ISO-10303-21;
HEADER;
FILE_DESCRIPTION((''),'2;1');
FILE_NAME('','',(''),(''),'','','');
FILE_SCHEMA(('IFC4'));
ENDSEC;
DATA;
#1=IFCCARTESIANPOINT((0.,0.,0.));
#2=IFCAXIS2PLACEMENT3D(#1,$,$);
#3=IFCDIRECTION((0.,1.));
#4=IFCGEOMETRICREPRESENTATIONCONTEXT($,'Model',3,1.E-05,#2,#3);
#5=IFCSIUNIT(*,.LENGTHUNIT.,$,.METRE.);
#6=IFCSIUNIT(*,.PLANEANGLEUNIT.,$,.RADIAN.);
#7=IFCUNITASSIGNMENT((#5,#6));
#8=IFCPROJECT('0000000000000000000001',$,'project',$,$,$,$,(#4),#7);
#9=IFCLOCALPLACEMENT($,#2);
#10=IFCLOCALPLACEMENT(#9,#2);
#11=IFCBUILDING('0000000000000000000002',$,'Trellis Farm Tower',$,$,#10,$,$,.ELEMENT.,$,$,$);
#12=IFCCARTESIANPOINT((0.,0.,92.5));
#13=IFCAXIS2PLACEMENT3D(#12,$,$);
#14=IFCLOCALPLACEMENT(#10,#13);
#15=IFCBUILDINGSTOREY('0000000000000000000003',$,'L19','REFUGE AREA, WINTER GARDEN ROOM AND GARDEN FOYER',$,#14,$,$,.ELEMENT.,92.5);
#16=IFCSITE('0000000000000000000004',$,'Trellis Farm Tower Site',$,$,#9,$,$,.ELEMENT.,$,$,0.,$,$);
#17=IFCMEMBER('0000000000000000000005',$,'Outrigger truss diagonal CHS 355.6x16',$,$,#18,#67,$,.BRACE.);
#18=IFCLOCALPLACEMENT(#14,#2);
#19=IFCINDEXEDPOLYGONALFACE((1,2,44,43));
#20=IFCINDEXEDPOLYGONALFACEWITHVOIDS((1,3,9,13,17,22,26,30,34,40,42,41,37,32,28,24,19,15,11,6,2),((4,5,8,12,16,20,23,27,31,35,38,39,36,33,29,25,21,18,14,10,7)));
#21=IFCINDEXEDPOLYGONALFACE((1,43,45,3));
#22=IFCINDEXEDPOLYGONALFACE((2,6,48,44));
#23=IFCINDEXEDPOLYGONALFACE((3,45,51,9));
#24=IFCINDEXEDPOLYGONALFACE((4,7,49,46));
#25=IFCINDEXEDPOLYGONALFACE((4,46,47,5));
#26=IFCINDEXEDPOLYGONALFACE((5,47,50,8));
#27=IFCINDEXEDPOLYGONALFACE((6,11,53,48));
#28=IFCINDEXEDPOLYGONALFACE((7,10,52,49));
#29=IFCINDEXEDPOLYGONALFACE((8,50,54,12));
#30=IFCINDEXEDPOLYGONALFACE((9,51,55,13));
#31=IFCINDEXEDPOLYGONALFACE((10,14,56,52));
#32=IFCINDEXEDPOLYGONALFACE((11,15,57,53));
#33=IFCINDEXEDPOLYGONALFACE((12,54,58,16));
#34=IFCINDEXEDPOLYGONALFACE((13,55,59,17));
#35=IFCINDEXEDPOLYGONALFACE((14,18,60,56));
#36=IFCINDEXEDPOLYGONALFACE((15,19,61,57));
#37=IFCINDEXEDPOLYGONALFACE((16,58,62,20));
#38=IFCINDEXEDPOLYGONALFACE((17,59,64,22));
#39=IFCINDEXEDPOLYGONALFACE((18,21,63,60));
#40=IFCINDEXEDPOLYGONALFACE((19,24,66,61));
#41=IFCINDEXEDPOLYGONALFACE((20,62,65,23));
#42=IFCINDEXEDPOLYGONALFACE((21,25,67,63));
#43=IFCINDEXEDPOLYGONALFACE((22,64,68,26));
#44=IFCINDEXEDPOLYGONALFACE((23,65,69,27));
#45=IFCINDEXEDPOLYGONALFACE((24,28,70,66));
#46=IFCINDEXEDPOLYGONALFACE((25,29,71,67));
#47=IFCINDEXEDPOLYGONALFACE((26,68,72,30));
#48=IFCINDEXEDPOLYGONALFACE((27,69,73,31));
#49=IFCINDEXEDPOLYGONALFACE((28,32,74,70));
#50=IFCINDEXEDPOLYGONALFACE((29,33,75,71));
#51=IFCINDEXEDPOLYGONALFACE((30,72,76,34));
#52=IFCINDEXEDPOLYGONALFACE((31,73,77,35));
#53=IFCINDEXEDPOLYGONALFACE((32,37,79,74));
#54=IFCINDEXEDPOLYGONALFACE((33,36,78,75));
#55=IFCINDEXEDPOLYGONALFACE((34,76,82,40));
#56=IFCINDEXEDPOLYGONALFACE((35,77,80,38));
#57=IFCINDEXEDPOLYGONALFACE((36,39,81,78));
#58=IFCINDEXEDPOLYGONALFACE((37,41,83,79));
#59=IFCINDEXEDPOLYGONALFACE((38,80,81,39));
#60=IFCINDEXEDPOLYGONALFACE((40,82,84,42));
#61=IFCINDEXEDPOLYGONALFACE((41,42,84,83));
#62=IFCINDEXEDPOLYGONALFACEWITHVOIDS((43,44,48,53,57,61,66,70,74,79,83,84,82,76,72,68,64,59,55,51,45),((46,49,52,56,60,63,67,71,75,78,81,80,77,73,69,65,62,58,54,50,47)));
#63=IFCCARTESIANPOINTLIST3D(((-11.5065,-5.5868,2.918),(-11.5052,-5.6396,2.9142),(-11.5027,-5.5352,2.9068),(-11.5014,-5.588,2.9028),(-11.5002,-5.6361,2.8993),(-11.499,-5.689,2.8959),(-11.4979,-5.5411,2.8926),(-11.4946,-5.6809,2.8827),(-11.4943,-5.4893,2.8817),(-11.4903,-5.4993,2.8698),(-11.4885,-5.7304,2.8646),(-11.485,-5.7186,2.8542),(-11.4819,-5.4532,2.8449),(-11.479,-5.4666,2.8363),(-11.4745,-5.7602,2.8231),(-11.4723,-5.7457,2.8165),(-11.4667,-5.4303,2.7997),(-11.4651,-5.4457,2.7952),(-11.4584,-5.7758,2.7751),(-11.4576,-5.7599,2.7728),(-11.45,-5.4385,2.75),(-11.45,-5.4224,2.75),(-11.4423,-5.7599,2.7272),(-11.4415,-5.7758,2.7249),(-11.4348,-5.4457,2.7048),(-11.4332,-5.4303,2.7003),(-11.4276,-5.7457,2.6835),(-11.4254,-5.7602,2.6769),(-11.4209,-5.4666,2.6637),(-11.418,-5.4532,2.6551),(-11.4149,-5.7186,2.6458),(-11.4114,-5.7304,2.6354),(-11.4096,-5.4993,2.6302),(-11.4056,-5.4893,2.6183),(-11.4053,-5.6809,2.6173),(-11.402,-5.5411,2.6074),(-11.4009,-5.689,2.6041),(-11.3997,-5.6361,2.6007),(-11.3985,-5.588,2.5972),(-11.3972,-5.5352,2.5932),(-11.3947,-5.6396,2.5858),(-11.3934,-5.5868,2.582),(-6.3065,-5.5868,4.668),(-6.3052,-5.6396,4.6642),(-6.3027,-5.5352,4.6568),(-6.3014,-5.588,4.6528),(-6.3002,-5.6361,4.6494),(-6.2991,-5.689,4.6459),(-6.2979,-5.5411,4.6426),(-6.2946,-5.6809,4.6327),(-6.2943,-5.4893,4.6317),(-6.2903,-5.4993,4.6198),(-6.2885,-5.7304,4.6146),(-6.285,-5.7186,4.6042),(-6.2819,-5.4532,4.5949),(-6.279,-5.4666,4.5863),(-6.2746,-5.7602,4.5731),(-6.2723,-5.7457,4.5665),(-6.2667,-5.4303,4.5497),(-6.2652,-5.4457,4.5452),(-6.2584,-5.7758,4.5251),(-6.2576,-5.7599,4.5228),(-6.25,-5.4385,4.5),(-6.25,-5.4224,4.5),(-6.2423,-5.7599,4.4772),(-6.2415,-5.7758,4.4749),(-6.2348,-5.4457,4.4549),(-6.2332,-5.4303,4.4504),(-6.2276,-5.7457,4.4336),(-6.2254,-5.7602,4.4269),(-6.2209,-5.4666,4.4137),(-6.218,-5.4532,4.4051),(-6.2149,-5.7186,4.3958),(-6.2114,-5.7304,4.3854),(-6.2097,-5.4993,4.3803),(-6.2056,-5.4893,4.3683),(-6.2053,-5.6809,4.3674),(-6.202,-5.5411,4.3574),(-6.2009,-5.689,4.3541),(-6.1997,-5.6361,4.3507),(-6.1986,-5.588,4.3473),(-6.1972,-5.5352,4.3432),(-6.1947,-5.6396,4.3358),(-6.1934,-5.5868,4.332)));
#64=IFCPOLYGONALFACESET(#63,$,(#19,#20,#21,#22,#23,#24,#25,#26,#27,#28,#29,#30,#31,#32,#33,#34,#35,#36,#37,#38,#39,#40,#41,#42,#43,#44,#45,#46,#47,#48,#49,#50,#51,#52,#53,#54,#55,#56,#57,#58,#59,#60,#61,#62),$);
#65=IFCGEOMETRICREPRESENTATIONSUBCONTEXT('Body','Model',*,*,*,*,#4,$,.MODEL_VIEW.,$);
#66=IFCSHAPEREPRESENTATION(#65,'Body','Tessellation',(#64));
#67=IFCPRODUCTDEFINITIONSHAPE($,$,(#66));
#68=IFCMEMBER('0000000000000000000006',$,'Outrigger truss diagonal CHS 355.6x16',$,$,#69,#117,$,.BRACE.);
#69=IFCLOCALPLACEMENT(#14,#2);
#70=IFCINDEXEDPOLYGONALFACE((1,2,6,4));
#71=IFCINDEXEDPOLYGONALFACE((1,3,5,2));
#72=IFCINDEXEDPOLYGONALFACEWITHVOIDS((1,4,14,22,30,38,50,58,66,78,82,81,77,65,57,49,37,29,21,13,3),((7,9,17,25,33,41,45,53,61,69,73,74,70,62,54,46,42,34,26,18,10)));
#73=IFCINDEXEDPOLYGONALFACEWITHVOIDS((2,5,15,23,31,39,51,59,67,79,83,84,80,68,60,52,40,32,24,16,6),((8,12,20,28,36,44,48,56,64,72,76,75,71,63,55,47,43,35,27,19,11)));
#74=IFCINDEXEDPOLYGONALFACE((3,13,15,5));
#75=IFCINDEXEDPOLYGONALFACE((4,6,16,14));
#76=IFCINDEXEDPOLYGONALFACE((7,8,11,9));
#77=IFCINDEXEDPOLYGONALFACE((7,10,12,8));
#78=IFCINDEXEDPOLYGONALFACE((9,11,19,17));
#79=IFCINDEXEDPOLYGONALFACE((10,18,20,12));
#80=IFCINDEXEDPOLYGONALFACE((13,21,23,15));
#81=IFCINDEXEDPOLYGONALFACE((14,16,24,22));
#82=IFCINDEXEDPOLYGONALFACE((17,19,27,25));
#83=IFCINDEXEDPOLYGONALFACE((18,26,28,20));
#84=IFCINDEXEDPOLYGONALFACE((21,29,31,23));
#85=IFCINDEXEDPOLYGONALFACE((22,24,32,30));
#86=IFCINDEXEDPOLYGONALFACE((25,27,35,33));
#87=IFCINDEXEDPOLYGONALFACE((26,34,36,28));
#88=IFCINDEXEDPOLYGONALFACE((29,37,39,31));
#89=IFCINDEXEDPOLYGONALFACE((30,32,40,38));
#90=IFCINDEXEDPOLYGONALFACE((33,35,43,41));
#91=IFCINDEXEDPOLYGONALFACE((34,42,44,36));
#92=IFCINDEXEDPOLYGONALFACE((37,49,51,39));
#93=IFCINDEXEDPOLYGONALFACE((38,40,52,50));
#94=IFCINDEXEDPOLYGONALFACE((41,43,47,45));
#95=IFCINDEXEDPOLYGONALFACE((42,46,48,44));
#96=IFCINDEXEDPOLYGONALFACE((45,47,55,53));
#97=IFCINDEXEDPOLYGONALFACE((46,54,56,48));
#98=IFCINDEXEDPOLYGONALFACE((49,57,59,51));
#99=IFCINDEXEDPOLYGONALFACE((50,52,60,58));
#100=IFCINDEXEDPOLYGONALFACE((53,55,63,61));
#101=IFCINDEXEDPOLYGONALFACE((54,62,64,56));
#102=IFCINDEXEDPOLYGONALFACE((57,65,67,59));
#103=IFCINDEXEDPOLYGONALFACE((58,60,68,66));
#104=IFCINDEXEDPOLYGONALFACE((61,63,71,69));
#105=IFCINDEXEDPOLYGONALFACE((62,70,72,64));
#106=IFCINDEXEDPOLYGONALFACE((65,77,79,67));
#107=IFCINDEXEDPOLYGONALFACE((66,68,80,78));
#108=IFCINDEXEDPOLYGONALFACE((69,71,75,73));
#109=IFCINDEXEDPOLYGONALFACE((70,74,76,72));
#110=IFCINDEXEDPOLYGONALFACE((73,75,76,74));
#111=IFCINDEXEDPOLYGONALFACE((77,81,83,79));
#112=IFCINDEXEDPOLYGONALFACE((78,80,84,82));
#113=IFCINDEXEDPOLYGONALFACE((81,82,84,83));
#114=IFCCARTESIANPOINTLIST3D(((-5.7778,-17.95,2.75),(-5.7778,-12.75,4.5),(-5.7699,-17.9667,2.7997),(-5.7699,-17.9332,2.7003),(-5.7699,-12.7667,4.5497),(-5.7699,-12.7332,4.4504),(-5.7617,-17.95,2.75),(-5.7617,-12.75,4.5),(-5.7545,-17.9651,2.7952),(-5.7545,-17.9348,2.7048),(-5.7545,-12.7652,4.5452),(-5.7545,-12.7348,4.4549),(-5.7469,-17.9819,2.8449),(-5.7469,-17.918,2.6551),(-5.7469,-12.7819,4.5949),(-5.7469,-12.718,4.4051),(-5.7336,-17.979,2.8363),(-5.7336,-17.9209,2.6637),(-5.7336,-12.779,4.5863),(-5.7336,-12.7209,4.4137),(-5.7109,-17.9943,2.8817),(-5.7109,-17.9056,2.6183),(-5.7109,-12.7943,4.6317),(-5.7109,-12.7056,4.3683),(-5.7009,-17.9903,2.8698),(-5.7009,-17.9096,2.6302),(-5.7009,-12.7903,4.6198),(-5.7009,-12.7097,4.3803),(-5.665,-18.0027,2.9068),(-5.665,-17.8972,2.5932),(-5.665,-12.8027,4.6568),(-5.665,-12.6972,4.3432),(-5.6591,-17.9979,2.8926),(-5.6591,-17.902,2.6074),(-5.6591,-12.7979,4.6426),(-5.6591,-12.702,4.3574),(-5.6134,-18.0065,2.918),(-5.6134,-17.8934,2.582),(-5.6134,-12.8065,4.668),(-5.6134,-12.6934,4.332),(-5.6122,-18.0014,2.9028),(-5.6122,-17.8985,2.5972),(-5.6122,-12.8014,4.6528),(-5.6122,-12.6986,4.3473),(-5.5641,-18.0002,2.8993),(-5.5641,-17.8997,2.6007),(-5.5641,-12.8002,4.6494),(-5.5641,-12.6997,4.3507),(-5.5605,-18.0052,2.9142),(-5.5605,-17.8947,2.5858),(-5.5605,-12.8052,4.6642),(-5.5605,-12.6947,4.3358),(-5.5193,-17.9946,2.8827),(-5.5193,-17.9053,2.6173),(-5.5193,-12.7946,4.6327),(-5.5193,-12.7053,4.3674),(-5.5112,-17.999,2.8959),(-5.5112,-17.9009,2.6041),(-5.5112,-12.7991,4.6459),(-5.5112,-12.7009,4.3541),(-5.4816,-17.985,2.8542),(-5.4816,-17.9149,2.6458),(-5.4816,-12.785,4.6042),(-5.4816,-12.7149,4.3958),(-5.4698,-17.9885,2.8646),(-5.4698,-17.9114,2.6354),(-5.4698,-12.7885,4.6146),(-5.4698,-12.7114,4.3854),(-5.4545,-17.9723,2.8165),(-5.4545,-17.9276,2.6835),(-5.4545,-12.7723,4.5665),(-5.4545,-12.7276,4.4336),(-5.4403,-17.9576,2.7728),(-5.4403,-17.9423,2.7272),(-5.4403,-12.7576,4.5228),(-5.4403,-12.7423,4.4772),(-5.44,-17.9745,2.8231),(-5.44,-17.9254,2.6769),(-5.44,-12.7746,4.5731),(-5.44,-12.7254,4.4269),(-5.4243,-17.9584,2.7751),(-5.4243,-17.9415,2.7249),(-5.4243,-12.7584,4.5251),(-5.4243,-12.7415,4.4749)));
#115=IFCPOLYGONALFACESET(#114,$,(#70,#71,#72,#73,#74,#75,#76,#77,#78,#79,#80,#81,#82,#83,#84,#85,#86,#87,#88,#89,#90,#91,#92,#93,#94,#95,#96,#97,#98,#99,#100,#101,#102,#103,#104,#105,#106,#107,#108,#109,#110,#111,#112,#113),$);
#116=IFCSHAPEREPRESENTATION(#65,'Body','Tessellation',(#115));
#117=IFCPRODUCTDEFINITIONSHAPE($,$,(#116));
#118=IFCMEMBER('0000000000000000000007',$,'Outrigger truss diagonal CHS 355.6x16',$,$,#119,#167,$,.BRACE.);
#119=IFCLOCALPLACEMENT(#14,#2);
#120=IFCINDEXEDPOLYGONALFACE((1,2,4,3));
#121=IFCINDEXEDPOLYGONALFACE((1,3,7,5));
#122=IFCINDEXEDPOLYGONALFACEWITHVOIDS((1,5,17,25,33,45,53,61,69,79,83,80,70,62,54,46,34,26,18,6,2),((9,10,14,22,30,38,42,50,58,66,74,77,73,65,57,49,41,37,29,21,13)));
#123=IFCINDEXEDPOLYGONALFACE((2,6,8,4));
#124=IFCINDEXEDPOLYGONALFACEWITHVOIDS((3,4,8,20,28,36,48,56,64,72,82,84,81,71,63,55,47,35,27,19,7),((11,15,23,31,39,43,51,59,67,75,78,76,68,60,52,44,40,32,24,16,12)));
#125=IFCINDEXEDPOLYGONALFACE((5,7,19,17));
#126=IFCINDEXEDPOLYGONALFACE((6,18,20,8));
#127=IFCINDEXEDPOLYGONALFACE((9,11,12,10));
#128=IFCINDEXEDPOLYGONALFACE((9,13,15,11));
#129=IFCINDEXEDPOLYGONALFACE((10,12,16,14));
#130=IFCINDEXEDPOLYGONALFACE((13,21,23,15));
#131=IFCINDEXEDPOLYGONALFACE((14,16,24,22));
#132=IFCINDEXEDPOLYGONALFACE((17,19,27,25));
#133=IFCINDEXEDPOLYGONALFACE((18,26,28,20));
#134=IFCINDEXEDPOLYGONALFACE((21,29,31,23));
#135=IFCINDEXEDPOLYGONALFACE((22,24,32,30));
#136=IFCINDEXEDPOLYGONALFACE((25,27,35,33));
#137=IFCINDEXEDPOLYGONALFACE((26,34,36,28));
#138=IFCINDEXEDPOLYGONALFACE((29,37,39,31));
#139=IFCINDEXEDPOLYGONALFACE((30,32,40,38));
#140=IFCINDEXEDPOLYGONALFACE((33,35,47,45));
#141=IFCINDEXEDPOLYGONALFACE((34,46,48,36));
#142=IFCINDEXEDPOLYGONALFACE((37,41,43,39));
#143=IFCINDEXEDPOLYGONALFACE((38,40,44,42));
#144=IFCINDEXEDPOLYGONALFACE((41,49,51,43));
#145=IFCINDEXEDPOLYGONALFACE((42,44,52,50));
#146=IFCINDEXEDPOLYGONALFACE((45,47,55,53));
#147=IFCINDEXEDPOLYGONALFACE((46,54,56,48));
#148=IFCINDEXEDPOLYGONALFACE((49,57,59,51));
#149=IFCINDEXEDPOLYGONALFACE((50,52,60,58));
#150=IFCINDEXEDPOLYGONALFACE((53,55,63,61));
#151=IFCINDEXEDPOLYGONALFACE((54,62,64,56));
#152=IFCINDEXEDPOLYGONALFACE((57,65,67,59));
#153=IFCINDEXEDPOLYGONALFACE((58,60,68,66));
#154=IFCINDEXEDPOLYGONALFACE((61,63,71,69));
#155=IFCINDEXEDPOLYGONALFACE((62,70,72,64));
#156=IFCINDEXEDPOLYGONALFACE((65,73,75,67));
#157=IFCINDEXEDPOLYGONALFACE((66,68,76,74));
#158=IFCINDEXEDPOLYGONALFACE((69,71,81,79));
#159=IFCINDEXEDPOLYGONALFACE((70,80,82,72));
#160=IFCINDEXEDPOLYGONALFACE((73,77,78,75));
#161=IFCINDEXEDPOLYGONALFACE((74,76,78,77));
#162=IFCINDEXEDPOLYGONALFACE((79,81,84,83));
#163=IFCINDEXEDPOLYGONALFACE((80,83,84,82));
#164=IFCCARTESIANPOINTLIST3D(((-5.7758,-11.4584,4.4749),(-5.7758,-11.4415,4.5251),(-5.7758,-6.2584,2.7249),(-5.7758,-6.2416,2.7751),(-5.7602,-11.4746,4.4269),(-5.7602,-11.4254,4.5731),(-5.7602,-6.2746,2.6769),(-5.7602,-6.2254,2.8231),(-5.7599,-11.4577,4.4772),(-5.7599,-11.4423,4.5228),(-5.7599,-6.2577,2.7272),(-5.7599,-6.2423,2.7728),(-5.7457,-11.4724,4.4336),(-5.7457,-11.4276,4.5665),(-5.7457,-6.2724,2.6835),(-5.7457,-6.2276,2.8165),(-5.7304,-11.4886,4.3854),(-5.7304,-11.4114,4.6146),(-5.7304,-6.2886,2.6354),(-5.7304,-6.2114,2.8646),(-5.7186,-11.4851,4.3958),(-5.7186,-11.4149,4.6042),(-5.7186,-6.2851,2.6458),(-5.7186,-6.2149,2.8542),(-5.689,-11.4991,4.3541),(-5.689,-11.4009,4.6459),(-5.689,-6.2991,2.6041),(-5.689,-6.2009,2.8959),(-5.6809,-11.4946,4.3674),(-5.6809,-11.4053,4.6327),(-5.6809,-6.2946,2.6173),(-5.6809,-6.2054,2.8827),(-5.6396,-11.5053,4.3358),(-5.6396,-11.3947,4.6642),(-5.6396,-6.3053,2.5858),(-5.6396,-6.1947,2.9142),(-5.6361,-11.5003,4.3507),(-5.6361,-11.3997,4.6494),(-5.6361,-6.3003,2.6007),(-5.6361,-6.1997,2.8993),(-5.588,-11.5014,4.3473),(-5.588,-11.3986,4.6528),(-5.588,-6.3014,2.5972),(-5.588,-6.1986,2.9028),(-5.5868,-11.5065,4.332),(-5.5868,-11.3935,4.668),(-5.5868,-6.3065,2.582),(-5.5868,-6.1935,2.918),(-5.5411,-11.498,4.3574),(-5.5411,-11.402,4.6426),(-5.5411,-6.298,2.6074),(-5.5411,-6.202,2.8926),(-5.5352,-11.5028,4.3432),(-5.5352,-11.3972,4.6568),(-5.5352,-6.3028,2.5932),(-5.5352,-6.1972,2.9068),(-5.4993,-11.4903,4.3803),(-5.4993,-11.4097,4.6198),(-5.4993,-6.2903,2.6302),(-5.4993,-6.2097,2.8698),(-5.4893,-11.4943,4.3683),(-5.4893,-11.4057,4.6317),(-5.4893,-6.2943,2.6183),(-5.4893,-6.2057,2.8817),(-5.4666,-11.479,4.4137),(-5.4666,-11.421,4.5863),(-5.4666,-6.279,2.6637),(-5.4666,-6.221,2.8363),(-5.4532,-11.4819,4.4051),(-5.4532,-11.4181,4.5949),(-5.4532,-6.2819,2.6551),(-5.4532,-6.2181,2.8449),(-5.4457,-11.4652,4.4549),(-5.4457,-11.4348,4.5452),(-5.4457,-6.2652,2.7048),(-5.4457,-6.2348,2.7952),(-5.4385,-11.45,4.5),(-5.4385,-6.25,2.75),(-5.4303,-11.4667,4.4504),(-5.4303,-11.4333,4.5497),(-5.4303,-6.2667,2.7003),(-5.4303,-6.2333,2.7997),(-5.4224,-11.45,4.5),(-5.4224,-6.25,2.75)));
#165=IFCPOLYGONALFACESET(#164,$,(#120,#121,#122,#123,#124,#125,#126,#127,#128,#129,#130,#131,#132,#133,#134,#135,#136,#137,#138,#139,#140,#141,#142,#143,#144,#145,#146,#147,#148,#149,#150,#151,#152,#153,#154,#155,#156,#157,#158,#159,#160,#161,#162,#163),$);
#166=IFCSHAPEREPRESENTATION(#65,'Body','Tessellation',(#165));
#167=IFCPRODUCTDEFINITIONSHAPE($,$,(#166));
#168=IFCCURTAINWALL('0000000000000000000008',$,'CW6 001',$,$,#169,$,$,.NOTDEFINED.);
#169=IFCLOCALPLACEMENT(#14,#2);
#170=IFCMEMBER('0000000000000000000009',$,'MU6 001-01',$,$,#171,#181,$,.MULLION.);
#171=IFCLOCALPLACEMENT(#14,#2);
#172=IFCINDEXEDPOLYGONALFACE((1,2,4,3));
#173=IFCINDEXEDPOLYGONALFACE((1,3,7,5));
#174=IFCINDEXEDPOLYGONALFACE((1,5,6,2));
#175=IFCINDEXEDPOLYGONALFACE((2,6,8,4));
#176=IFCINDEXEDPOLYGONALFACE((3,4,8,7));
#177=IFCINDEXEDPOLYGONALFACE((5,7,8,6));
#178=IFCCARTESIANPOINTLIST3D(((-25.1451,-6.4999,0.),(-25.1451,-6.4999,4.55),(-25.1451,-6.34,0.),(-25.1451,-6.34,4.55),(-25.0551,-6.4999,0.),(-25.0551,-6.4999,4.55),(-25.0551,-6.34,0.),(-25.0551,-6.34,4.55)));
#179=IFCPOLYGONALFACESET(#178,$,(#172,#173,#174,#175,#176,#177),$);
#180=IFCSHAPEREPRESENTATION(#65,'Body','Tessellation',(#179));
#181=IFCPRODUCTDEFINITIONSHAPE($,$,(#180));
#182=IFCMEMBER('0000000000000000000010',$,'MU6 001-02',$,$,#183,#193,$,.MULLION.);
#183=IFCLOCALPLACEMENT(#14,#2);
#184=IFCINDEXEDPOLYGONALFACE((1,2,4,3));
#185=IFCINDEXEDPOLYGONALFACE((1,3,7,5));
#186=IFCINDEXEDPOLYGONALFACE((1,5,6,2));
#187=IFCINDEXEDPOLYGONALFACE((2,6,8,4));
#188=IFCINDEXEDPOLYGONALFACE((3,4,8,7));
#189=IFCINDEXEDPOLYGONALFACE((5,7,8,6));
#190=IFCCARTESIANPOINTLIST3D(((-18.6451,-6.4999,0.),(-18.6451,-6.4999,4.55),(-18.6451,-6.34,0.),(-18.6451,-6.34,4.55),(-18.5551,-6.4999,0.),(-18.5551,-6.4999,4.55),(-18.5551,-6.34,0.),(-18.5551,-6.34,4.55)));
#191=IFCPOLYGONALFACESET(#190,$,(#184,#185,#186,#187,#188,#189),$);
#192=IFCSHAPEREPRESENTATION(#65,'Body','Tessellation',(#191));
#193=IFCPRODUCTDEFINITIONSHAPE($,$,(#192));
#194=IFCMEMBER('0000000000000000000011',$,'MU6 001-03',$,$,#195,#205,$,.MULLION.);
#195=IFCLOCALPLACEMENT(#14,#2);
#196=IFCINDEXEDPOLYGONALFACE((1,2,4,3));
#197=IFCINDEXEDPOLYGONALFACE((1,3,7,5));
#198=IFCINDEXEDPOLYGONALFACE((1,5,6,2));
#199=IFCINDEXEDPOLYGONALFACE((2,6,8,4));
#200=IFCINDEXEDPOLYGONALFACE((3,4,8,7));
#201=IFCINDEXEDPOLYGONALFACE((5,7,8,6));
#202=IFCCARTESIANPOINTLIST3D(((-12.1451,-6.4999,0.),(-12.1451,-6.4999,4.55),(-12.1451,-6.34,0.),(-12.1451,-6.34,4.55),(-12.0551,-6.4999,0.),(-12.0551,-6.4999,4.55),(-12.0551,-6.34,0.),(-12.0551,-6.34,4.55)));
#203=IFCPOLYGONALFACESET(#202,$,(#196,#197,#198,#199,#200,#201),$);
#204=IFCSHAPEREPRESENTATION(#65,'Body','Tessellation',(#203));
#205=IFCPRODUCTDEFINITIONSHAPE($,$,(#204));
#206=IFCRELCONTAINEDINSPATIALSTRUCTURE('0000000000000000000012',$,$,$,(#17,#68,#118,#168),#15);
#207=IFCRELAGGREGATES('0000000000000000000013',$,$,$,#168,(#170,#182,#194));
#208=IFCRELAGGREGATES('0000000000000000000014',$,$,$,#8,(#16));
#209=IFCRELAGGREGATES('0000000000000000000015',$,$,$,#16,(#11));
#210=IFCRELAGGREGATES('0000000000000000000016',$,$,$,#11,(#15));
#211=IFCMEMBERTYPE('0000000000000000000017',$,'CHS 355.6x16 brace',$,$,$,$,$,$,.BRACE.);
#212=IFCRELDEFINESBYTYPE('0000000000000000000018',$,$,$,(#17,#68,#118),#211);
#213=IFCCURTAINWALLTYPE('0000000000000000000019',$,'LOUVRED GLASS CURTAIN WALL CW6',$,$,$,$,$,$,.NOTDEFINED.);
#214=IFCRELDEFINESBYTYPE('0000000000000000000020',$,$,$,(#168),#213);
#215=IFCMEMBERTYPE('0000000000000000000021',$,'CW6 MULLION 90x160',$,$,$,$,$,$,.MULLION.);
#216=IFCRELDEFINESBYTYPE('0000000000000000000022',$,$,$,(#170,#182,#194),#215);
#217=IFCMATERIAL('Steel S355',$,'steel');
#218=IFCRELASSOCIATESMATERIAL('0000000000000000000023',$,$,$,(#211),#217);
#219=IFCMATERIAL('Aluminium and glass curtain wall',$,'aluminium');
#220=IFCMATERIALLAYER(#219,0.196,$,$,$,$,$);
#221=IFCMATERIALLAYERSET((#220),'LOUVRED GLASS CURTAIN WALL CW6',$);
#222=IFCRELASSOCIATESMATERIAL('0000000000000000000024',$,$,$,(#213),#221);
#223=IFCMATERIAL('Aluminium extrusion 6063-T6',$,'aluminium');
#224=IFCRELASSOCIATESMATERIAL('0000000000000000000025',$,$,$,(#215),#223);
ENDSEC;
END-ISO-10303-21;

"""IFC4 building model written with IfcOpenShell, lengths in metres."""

from ifc_helpers import new_model, si_unit, direction, frame, origin, origin_2d, place, context, subcontext, project, spatial, rectangle, hollow_circle, extrude, source, transform, mapped, material, layer, layer_set, material_profile, profile_set, type_object, element, aggregate, save


model = new_model("IFC4")

# Units and contexts
model_context = context("Model", 3, precision=1e-05, world=origin(), true_north=direction((0.0, 1.0)))
body_context = subcontext(model_context, "Body", "Model", "MODEL_VIEW")
ifc_project = project(units=[si_unit("LENGTHUNIT", "METRE"), si_unit("PLANEANGLEUNIT", "RADIAN")], contexts=[model_context])

# Site, building, storey
site_placement = place(None, origin())
site = spatial("IfcSite", under=ifc_project, at=site_placement, Name="Trellis Farm Tower Site", CompositionType="ELEMENT", RefElevation=0.0)
building_placement = place(site_placement, origin())
building = spatial("IfcBuilding", under=site, at=building_placement, Name="Trellis Farm Tower", CompositionType="ELEMENT")
storey_placement = place(building_placement, frame((0.0, 0.0, 92.5)))
storey = spatial("IfcBuildingStorey", under=building, at=storey_placement, Name="L19", Description="REFUGE AREA, WINTER GARDEN ROOM AND GARDEN FOYER", CompositionType="ELEMENT", Elevation=92.5)

# Shared definitions
ifc_material_1 = material(Name="Steel S355", Category="steel")

# Members
ifc_material_profile_1 = material_profile(ifc_material_1, hollow_circle(Radius=0.1777, WallThickness=0.0161, at=origin_2d()), Name="CHS 355.6x16")
ifc_profile_set_1 = profile_set([ifc_material_profile_1], Name="Steel S355")
member_type_1 = type_object("IfcMemberType", Name="CHS 355.6x16 brace", PredefinedType="BRACE", material=ifc_profile_set_1)
shared_shape_1 = source(origin(), body_context, "Body", "SweptSolid", [
    extrude(hollow_circle(Radius=0.1777, WallThickness=0.0161, at=origin_2d()), origin(), (0.0, 0.0, 1.0), 5.4866),
])
for number, where, z_axis, x_axis, name in (
    (1, (-11.45, -5.6001, 2.75), (0.947767, 0.0, 0.318963), (0.0, 1.0, 0.0), "Outrigger truss diagonal CHS 355.6x16"),
    (2, (-5.6001, -17.95, 2.75), (0.0, 0.947767, 0.318963), (-1.0, 0.0, 0.0), "Outrigger truss diagonal CHS 355.6x16"),
    (3, (-5.6001, -6.25, 2.75), (0.0, -0.947767, 0.318963), (1.0, 0.0, 0.0), "Outrigger truss diagonal CHS 355.6x16"),
):
    element("IfcMember", number, at=place(storey_placement, frame(where, z_axis=z_axis, x_axis=x_axis)), inside=storey, type_object=member_type_1, Name=name, PredefinedType="BRACE", context=body_context, shape_type="MappedRepresentation", body=[
        mapped(shared_shape_1, transform((0.0, 0.0, 0.0))),
    ])

# Curtain wall, members
ifc_material_2 = material(Name="Aluminium and glass curtain wall", Category="aluminium")
ifc_layer_1 = layer(ifc_material_2, 0.196)
ifc_layer_set_1 = layer_set([ifc_layer_1], Name="LOUVRED GLASS CURTAIN WALL CW6")
curtain_wall_type = type_object("IfcCurtainWallType", Name="LOUVRED GLASS CURTAIN WALL CW6", PredefinedType="NOTDEFINED", material=ifc_layer_set_1)
placement = place(storey_placement, origin())
curtain_wall_1 = element("IfcCurtainWall", 4, at=placement, inside=storey, type_object=curtain_wall_type, Name="CW6 001", PredefinedType="NOTDEFINED")
ifc_material_3 = material(Name="Aluminium extrusion 6063-T6", Category="aluminium")
ifc_material_profile_2 = material_profile(ifc_material_3, rectangle(XDim=0.0901, YDim=0.1599, at=origin_2d()), Name="MULLION 90x160")
ifc_profile_set_2 = profile_set([ifc_material_profile_2], Name="Aluminium extrusion 6063-T6")
member_type_2 = type_object("IfcMemberType", Name="CW6 MULLION 90x160", PredefinedType="MULLION", material=ifc_profile_set_2)
shared_shape_2 = source(origin(), body_context, "Body", "SweptSolid", [
    extrude(rectangle(XDim=0.0901, YDim=0.1599, at=origin_2d()), origin(), (0.0, 0.0, 1.0), 4.55),
])
member_1_placement = place(storey_placement, frame((-25.1001, -6.4199, 0.0), z_axis=(0.0, 0.0, 1.0), x_axis=(1.0, 0.0, 0.0)))
member_1 = element("IfcMember", 5, at=member_1_placement, type_object=member_type_2, Name="MU6 001-01", PredefinedType="MULLION", context=body_context, shape_type="MappedRepresentation", body=[
    mapped(shared_shape_2, transform((0.0, 0.0, 0.0))),
])
member_2_placement = place(storey_placement, frame((-18.6001, -6.4199, 0.0), z_axis=(0.0, 0.0, 1.0), x_axis=(1.0, 0.0, 0.0)))
member_2 = element("IfcMember", 6, at=member_2_placement, type_object=member_type_2, Name="MU6 001-02", PredefinedType="MULLION", context=body_context, shape_type="MappedRepresentation", body=[
    mapped(shared_shape_2, transform((0.0, 0.0, 0.0))),
])
member_3_placement = place(storey_placement, frame((-12.1001, -6.4199, 0.0), z_axis=(0.0, 0.0, 1.0), x_axis=(1.0, 0.0, 0.0)))
member_3 = element("IfcMember", 7, at=member_3_placement, type_object=member_type_2, Name="MU6 001-03", PredefinedType="MULLION", context=body_context, shape_type="MappedRepresentation", body=[
    mapped(shared_shape_2, transform((0.0, 0.0, 0.0))),
])
aggregate(curtain_wall_1, [member_1, member_2, member_3])

save(model, "model.ifc")
